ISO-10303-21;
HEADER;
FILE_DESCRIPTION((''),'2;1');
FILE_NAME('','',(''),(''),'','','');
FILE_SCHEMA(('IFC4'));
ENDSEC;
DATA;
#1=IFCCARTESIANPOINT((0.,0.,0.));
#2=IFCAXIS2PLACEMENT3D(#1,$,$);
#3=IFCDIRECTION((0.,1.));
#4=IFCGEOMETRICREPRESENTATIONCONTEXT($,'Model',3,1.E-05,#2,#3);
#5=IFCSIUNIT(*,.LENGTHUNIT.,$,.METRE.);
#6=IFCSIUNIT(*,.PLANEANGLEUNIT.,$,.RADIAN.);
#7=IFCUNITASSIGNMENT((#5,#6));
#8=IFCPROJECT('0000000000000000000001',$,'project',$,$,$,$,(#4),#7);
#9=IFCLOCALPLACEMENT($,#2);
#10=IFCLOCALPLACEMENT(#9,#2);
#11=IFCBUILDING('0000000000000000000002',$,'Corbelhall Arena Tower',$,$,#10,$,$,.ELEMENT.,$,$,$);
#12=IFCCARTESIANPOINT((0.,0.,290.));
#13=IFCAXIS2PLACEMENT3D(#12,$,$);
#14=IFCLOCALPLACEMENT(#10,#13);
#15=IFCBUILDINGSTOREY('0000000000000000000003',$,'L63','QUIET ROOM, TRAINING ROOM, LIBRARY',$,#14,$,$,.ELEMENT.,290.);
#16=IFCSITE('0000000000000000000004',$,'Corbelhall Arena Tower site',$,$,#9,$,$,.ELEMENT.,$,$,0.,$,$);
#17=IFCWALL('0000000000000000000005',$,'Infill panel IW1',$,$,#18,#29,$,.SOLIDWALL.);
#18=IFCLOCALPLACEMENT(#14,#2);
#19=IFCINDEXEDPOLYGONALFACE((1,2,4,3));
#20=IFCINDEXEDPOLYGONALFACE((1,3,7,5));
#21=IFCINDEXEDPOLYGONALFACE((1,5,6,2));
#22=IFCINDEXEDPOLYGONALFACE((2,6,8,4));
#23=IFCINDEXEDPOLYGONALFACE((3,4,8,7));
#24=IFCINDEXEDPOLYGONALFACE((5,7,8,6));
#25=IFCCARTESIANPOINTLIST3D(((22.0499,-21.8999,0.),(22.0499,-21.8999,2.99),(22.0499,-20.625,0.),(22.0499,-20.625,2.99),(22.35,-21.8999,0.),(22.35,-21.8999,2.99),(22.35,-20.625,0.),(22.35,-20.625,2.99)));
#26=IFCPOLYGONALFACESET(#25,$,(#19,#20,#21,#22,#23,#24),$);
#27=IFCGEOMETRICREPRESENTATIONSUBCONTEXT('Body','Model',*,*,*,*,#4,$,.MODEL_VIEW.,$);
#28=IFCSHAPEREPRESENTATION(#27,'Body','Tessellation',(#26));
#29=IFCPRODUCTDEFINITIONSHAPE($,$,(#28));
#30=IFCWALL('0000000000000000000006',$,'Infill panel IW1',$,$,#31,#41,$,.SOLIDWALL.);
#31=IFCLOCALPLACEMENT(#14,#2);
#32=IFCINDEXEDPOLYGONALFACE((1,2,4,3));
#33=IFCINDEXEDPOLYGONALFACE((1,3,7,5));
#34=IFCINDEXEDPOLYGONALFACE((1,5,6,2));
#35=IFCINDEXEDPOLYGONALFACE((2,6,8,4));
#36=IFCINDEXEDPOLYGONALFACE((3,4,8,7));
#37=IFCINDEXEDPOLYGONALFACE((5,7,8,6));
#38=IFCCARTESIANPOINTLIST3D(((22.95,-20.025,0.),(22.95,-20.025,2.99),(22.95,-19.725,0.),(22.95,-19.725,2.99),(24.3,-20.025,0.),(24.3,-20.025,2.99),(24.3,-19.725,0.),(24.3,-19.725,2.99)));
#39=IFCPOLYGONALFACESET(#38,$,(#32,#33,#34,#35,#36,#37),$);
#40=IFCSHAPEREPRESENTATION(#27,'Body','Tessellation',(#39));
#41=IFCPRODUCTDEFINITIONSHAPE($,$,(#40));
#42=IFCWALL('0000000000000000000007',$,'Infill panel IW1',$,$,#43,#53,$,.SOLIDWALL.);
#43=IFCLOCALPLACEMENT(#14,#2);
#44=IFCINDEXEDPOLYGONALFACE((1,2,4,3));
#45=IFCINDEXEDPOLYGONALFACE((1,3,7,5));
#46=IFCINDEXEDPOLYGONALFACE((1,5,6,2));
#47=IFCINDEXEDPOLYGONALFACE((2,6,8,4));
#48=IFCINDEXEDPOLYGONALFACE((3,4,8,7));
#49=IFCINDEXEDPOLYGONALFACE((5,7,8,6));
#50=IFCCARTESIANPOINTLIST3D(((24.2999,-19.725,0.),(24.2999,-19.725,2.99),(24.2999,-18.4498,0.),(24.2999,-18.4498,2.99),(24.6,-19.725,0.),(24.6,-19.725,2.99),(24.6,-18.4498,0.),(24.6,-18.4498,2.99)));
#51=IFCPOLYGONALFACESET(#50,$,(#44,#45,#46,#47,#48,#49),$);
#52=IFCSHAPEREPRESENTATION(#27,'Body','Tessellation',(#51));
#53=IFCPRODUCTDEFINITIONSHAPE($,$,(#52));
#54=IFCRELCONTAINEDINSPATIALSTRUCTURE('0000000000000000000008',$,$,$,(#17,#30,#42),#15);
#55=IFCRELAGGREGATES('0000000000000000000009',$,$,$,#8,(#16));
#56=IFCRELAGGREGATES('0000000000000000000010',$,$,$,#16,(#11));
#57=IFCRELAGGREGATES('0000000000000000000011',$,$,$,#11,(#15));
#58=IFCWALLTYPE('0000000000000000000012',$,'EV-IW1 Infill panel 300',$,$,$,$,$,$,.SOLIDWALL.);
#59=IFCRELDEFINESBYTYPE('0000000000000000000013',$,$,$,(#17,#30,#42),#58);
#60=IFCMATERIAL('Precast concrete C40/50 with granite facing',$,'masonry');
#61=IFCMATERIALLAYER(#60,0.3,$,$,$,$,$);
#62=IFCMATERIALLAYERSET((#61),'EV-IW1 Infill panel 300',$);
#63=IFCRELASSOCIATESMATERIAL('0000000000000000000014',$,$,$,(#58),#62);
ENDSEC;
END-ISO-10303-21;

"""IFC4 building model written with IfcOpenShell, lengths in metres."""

from ifc_helpers import new_model, si_unit, direction, frame, frame_2d, origin, place, context, subcontext, project, spatial, rectangle, extrude, material, layer, layer_set, type_object, element, save


model = new_model("IFC4")

# Units and contexts
model_context = context("Model", 3, precision=1e-05, world=origin(), true_north=direction((0.0, 1.0)))
body_context = subcontext(model_context, "Body", "Model", "MODEL_VIEW")
ifc_project = project(units=[si_unit("LENGTHUNIT", "METRE"), si_unit("PLANEANGLEUNIT", "RADIAN")], contexts=[model_context])

# Site, building, storey
site_placement = place(None, origin())
site = spatial("IfcSite", under=ifc_project, at=site_placement, Name="Corbelhall Arena Tower site", CompositionType="ELEMENT", RefElevation=0.0)
building_placement = place(site_placement, origin())
building = spatial("IfcBuilding", under=site, at=building_placement, Name="Corbelhall Arena Tower", CompositionType="ELEMENT")
storey_placement = place(building_placement, frame((0.0, 0.0, 290.0)))
storey = spatial("IfcBuildingStorey", under=building, at=storey_placement, Name="L63", Description="QUIET ROOM, TRAINING ROOM, LIBRARY", CompositionType="ELEMENT", Elevation=290.0)

# Shared definitions
ifc_material_1 = material(Name="Precast concrete C40/50 with granite facing", Category="masonry")
ifc_layer_1 = layer(ifc_material_1, 0.3)
ifc_layer_set_1 = layer_set([ifc_layer_1], Name="EV-IW1 Infill panel 300")
wall_type_1 = type_object("IfcWallType", Name="EV-IW1 Infill panel 300", PredefinedType="SOLIDWALL", material=ifc_layer_set_1)

# Walls
wall_1_placement = place(storey_placement, frame((22.2, -21.8999, 0.0), z_axis=(0.0, 0.0, 1.0), x_axis=(0.0, 1.0, 0.0)))
element("IfcWall", 1, at=wall_1_placement, inside=storey, type_object=wall_type_1, Name="Infill panel IW1", PredefinedType="SOLIDWALL", context=body_context, shape_type="SweptSolid", body=[
    extrude(rectangle(XDim=1.2749, YDim=0.3, at=frame_2d((0.6375, 0.0))), origin(), (0.0, 0.0, 1.0), 2.99),
])
wall_2_placement = place(storey_placement, frame((22.95, -19.875, 0.0), z_axis=(0.0, 0.0, 1.0), x_axis=(1.0, 0.0, 0.0)))
element("IfcWall", 2, at=wall_2_placement, inside=storey, type_object=wall_type_1, Name="Infill panel IW1", PredefinedType="SOLIDWALL", context=body_context, shape_type="SweptSolid", body=[
    extrude(rectangle(XDim=1.3501, YDim=0.3, at=frame_2d((0.675, 0.0))), origin(), (0.0, 0.0, 1.0), 2.99),
])
wall_3_placement = place(storey_placement, frame((24.45, -19.7251, 0.0), z_axis=(0.0, 0.0, 1.0), x_axis=(0.0, 1.0, 0.0)))
element("IfcWall", 3, at=wall_3_placement, inside=storey, type_object=wall_type_1, Name="Infill panel IW1", PredefinedType="SOLIDWALL", context=body_context, shape_type="SweptSolid", body=[
    extrude(rectangle(XDim=1.2751, YDim=0.3, at=frame_2d((0.6377, 0.0))), origin(), (0.0, 0.0, 1.0), 2.99),
])

save(model, "model.ifc")
